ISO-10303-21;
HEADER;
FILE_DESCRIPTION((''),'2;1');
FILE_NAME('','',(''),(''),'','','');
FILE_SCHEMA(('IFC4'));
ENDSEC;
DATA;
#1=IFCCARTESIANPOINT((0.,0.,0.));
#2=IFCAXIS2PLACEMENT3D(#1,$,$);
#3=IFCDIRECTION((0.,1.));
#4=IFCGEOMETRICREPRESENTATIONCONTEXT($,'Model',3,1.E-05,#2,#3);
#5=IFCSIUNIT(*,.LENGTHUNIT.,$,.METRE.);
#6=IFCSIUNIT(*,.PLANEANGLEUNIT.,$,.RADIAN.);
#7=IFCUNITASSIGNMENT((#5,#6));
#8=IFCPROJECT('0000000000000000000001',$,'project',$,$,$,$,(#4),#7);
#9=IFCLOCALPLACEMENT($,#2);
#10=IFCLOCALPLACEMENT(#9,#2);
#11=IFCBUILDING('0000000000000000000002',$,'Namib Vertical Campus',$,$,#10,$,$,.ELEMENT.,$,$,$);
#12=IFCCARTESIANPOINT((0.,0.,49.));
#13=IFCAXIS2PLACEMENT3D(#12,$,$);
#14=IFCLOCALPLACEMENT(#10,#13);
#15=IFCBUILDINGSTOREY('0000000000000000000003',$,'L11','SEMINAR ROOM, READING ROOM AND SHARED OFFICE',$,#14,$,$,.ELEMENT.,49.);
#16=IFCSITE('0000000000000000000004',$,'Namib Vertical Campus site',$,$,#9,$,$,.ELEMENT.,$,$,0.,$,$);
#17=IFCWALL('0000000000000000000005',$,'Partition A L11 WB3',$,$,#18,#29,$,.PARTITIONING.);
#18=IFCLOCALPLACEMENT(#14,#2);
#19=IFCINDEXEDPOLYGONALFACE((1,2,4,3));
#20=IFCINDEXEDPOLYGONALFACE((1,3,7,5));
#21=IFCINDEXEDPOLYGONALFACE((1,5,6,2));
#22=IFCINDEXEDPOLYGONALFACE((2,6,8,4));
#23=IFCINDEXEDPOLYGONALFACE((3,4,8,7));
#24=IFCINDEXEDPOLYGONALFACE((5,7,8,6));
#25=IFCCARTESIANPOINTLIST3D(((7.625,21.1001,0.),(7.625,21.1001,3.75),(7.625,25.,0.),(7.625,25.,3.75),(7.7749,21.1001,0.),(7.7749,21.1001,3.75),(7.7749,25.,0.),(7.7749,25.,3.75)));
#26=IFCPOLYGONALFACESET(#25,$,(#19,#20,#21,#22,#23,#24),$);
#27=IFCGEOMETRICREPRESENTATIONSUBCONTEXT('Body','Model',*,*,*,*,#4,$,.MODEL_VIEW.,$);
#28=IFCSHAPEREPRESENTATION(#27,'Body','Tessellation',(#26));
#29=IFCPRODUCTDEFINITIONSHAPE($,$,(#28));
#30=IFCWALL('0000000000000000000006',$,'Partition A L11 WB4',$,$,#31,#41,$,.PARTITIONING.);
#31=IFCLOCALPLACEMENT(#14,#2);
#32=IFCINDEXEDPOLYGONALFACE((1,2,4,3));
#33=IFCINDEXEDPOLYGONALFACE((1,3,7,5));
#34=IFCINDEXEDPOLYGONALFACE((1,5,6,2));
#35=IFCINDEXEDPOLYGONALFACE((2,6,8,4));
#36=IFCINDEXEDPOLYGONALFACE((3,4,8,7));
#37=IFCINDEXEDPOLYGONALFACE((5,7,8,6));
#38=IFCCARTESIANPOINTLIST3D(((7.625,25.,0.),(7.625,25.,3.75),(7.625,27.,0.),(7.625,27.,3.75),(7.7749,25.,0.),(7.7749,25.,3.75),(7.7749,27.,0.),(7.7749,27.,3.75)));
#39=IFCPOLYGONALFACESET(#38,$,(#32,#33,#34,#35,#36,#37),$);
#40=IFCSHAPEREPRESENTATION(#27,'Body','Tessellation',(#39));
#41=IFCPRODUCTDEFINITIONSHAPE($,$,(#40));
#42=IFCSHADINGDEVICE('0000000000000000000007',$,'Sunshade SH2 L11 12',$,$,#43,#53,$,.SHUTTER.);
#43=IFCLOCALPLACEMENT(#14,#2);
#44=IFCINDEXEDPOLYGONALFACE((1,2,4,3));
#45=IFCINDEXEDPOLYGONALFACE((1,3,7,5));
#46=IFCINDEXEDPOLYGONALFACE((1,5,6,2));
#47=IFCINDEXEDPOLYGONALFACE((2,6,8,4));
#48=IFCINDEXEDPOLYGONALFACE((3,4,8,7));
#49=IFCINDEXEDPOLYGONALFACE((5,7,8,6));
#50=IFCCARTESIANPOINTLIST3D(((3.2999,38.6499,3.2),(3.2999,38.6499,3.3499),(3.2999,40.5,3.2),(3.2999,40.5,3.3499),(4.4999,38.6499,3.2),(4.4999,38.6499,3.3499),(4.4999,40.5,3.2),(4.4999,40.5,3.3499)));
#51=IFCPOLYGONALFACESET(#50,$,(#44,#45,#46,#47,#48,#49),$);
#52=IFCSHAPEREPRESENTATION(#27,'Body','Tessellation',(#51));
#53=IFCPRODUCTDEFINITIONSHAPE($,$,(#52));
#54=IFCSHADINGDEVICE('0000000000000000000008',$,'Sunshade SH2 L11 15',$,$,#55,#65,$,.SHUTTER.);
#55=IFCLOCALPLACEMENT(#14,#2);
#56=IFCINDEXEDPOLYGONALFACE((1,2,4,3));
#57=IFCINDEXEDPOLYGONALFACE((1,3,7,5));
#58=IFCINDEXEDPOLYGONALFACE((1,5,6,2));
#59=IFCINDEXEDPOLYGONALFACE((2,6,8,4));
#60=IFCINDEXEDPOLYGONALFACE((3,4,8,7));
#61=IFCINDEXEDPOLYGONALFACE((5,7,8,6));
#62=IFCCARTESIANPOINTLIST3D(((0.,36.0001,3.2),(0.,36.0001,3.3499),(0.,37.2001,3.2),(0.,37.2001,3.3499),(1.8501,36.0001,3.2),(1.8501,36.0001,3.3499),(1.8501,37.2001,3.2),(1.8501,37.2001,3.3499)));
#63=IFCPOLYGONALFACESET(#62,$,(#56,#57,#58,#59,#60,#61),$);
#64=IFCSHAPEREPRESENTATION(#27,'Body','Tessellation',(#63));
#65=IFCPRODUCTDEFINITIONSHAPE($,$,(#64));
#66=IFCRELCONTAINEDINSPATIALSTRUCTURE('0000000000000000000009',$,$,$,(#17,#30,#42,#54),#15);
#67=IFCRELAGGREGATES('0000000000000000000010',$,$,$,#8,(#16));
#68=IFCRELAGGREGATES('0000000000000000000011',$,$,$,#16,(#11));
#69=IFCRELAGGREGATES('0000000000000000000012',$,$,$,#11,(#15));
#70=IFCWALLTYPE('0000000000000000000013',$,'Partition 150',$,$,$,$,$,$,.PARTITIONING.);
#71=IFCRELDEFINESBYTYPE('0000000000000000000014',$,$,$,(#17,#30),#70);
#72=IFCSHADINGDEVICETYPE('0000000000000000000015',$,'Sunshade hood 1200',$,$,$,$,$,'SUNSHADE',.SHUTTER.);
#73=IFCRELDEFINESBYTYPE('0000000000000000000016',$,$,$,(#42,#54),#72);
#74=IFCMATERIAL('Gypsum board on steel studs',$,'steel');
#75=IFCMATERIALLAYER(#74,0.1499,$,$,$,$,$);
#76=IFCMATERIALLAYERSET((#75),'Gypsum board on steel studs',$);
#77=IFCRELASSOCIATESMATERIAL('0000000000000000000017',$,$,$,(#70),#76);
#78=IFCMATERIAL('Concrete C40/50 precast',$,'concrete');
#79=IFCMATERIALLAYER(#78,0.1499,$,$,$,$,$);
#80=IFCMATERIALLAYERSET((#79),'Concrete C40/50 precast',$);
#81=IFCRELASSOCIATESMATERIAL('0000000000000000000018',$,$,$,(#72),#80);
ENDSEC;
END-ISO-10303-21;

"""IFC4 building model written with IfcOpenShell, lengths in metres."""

from ifc_helpers import new_model, si_unit, direction, frame, frame_2d, origin, origin_2d, place, context, subcontext, project, spatial, rectangle, extrude, material, layer, layer_set, type_object, element, save


model = new_model("IFC4")

# Units and contexts
model_context = context("Model", 3, precision=1e-05, world=origin(), true_north=direction((0.0, 1.0)))
body_context = subcontext(model_context, "Body", "Model", "MODEL_VIEW")
ifc_project = project(units=[si_unit("LENGTHUNIT", "METRE"), si_unit("PLANEANGLEUNIT", "RADIAN")], contexts=[model_context])

# Site, building, storey
site_placement = place(None, origin())
site = spatial("IfcSite", under=ifc_project, at=site_placement, Name="Namib Vertical Campus site", CompositionType="ELEMENT", RefElevation=0.0)
building_placement = place(site_placement, origin())
building = spatial("IfcBuilding", under=site, at=building_placement, Name="Namib Vertical Campus", CompositionType="ELEMENT")
storey_placement = place(building_placement, frame((0.0, 0.0, 49.0)))
storey = spatial("IfcBuildingStorey", under=building, at=storey_placement, Name="L11", Description="SEMINAR ROOM, READING ROOM AND SHARED OFFICE", CompositionType="ELEMENT", Elevation=49.0)

# Walls
ifc_material_1 = material(Name="Gypsum board on steel studs", Category="steel")
ifc_layer_1 = layer(ifc_material_1, 0.1499)
ifc_layer_set_1 = layer_set([ifc_layer_1], Name="Gypsum board on steel studs")
wall_type_1 = type_object("IfcWallType", Name="Partition 150", PredefinedType="PARTITIONING", material=ifc_layer_set_1)
wall_1_placement = place(storey_placement, frame((7.7, 21.1001, 0.0), z_axis=(0.0, 0.0, 1.0), x_axis=(0.0, 1.0, 0.0)))
element("IfcWall", 1, at=wall_1_placement, inside=storey, type_object=wall_type_1, Name="Partition A L11 WB3", PredefinedType="PARTITIONING", context=body_context, shape_type="SweptSolid", body=[
    extrude(rectangle(XDim=3.8999, YDim=0.1499, at=frame_2d((1.95, 0.0))), origin(), (0.0, 0.0, 1.0), 3.75),
])
wall_2_placement = place(storey_placement, frame((7.7, 25.0, 0.0), z_axis=(0.0, 0.0, 1.0), x_axis=(0.0, 1.0, 0.0)))
element("IfcWall", 2, at=wall_2_placement, inside=storey, type_object=wall_type_1, Name="Partition A L11 WB4", PredefinedType="PARTITIONING", context=body_context, shape_type="SweptSolid", body=[
    extrude(rectangle(XDim=2.0, YDim=0.1499, at=frame_2d((1.0, 0.0))), origin(), (0.0, 0.0, 1.0), 3.75),
])

# Shading devices
ifc_material_2 = material(Name="Concrete C40/50 precast", Category="concrete")
ifc_layer_2 = layer(ifc_material_2, 0.1499)
ifc_layer_set_2 = layer_set([ifc_layer_2], Name="Concrete C40/50 precast")
shading_device_type = type_object("IfcShadingDeviceType", Name="Sunshade hood 1200", ElementType="SUNSHADE", PredefinedType="SHUTTER", material=ifc_layer_set_2)
for number, where, z_axis, x_axis, name in (
    (3, (3.8999, 39.575, 3.2), (0.0, 0.0, 1.0), (0.0, -1.0, 0.0), "Sunshade SH2 L11 12"),
    (4, (0.925, 36.6001, 3.2), (0.0, 0.0, 1.0), (-1.0, 0.0, 0.0), "Sunshade SH2 L11 15"),
):
    element("IfcShadingDevice", number, at=place(storey_placement, frame(where, z_axis=z_axis, x_axis=x_axis)), inside=storey, type_object=shading_device_type, Name=name, PredefinedType="SHUTTER", context=body_context, shape_type="SweptSolid", body=[
        extrude(rectangle(XDim=1.8501, YDim=1.2, at=origin_2d()), origin(), (0.0, 0.0, 1.0), 0.1499),
    ])

save(model, "model.ifc")
